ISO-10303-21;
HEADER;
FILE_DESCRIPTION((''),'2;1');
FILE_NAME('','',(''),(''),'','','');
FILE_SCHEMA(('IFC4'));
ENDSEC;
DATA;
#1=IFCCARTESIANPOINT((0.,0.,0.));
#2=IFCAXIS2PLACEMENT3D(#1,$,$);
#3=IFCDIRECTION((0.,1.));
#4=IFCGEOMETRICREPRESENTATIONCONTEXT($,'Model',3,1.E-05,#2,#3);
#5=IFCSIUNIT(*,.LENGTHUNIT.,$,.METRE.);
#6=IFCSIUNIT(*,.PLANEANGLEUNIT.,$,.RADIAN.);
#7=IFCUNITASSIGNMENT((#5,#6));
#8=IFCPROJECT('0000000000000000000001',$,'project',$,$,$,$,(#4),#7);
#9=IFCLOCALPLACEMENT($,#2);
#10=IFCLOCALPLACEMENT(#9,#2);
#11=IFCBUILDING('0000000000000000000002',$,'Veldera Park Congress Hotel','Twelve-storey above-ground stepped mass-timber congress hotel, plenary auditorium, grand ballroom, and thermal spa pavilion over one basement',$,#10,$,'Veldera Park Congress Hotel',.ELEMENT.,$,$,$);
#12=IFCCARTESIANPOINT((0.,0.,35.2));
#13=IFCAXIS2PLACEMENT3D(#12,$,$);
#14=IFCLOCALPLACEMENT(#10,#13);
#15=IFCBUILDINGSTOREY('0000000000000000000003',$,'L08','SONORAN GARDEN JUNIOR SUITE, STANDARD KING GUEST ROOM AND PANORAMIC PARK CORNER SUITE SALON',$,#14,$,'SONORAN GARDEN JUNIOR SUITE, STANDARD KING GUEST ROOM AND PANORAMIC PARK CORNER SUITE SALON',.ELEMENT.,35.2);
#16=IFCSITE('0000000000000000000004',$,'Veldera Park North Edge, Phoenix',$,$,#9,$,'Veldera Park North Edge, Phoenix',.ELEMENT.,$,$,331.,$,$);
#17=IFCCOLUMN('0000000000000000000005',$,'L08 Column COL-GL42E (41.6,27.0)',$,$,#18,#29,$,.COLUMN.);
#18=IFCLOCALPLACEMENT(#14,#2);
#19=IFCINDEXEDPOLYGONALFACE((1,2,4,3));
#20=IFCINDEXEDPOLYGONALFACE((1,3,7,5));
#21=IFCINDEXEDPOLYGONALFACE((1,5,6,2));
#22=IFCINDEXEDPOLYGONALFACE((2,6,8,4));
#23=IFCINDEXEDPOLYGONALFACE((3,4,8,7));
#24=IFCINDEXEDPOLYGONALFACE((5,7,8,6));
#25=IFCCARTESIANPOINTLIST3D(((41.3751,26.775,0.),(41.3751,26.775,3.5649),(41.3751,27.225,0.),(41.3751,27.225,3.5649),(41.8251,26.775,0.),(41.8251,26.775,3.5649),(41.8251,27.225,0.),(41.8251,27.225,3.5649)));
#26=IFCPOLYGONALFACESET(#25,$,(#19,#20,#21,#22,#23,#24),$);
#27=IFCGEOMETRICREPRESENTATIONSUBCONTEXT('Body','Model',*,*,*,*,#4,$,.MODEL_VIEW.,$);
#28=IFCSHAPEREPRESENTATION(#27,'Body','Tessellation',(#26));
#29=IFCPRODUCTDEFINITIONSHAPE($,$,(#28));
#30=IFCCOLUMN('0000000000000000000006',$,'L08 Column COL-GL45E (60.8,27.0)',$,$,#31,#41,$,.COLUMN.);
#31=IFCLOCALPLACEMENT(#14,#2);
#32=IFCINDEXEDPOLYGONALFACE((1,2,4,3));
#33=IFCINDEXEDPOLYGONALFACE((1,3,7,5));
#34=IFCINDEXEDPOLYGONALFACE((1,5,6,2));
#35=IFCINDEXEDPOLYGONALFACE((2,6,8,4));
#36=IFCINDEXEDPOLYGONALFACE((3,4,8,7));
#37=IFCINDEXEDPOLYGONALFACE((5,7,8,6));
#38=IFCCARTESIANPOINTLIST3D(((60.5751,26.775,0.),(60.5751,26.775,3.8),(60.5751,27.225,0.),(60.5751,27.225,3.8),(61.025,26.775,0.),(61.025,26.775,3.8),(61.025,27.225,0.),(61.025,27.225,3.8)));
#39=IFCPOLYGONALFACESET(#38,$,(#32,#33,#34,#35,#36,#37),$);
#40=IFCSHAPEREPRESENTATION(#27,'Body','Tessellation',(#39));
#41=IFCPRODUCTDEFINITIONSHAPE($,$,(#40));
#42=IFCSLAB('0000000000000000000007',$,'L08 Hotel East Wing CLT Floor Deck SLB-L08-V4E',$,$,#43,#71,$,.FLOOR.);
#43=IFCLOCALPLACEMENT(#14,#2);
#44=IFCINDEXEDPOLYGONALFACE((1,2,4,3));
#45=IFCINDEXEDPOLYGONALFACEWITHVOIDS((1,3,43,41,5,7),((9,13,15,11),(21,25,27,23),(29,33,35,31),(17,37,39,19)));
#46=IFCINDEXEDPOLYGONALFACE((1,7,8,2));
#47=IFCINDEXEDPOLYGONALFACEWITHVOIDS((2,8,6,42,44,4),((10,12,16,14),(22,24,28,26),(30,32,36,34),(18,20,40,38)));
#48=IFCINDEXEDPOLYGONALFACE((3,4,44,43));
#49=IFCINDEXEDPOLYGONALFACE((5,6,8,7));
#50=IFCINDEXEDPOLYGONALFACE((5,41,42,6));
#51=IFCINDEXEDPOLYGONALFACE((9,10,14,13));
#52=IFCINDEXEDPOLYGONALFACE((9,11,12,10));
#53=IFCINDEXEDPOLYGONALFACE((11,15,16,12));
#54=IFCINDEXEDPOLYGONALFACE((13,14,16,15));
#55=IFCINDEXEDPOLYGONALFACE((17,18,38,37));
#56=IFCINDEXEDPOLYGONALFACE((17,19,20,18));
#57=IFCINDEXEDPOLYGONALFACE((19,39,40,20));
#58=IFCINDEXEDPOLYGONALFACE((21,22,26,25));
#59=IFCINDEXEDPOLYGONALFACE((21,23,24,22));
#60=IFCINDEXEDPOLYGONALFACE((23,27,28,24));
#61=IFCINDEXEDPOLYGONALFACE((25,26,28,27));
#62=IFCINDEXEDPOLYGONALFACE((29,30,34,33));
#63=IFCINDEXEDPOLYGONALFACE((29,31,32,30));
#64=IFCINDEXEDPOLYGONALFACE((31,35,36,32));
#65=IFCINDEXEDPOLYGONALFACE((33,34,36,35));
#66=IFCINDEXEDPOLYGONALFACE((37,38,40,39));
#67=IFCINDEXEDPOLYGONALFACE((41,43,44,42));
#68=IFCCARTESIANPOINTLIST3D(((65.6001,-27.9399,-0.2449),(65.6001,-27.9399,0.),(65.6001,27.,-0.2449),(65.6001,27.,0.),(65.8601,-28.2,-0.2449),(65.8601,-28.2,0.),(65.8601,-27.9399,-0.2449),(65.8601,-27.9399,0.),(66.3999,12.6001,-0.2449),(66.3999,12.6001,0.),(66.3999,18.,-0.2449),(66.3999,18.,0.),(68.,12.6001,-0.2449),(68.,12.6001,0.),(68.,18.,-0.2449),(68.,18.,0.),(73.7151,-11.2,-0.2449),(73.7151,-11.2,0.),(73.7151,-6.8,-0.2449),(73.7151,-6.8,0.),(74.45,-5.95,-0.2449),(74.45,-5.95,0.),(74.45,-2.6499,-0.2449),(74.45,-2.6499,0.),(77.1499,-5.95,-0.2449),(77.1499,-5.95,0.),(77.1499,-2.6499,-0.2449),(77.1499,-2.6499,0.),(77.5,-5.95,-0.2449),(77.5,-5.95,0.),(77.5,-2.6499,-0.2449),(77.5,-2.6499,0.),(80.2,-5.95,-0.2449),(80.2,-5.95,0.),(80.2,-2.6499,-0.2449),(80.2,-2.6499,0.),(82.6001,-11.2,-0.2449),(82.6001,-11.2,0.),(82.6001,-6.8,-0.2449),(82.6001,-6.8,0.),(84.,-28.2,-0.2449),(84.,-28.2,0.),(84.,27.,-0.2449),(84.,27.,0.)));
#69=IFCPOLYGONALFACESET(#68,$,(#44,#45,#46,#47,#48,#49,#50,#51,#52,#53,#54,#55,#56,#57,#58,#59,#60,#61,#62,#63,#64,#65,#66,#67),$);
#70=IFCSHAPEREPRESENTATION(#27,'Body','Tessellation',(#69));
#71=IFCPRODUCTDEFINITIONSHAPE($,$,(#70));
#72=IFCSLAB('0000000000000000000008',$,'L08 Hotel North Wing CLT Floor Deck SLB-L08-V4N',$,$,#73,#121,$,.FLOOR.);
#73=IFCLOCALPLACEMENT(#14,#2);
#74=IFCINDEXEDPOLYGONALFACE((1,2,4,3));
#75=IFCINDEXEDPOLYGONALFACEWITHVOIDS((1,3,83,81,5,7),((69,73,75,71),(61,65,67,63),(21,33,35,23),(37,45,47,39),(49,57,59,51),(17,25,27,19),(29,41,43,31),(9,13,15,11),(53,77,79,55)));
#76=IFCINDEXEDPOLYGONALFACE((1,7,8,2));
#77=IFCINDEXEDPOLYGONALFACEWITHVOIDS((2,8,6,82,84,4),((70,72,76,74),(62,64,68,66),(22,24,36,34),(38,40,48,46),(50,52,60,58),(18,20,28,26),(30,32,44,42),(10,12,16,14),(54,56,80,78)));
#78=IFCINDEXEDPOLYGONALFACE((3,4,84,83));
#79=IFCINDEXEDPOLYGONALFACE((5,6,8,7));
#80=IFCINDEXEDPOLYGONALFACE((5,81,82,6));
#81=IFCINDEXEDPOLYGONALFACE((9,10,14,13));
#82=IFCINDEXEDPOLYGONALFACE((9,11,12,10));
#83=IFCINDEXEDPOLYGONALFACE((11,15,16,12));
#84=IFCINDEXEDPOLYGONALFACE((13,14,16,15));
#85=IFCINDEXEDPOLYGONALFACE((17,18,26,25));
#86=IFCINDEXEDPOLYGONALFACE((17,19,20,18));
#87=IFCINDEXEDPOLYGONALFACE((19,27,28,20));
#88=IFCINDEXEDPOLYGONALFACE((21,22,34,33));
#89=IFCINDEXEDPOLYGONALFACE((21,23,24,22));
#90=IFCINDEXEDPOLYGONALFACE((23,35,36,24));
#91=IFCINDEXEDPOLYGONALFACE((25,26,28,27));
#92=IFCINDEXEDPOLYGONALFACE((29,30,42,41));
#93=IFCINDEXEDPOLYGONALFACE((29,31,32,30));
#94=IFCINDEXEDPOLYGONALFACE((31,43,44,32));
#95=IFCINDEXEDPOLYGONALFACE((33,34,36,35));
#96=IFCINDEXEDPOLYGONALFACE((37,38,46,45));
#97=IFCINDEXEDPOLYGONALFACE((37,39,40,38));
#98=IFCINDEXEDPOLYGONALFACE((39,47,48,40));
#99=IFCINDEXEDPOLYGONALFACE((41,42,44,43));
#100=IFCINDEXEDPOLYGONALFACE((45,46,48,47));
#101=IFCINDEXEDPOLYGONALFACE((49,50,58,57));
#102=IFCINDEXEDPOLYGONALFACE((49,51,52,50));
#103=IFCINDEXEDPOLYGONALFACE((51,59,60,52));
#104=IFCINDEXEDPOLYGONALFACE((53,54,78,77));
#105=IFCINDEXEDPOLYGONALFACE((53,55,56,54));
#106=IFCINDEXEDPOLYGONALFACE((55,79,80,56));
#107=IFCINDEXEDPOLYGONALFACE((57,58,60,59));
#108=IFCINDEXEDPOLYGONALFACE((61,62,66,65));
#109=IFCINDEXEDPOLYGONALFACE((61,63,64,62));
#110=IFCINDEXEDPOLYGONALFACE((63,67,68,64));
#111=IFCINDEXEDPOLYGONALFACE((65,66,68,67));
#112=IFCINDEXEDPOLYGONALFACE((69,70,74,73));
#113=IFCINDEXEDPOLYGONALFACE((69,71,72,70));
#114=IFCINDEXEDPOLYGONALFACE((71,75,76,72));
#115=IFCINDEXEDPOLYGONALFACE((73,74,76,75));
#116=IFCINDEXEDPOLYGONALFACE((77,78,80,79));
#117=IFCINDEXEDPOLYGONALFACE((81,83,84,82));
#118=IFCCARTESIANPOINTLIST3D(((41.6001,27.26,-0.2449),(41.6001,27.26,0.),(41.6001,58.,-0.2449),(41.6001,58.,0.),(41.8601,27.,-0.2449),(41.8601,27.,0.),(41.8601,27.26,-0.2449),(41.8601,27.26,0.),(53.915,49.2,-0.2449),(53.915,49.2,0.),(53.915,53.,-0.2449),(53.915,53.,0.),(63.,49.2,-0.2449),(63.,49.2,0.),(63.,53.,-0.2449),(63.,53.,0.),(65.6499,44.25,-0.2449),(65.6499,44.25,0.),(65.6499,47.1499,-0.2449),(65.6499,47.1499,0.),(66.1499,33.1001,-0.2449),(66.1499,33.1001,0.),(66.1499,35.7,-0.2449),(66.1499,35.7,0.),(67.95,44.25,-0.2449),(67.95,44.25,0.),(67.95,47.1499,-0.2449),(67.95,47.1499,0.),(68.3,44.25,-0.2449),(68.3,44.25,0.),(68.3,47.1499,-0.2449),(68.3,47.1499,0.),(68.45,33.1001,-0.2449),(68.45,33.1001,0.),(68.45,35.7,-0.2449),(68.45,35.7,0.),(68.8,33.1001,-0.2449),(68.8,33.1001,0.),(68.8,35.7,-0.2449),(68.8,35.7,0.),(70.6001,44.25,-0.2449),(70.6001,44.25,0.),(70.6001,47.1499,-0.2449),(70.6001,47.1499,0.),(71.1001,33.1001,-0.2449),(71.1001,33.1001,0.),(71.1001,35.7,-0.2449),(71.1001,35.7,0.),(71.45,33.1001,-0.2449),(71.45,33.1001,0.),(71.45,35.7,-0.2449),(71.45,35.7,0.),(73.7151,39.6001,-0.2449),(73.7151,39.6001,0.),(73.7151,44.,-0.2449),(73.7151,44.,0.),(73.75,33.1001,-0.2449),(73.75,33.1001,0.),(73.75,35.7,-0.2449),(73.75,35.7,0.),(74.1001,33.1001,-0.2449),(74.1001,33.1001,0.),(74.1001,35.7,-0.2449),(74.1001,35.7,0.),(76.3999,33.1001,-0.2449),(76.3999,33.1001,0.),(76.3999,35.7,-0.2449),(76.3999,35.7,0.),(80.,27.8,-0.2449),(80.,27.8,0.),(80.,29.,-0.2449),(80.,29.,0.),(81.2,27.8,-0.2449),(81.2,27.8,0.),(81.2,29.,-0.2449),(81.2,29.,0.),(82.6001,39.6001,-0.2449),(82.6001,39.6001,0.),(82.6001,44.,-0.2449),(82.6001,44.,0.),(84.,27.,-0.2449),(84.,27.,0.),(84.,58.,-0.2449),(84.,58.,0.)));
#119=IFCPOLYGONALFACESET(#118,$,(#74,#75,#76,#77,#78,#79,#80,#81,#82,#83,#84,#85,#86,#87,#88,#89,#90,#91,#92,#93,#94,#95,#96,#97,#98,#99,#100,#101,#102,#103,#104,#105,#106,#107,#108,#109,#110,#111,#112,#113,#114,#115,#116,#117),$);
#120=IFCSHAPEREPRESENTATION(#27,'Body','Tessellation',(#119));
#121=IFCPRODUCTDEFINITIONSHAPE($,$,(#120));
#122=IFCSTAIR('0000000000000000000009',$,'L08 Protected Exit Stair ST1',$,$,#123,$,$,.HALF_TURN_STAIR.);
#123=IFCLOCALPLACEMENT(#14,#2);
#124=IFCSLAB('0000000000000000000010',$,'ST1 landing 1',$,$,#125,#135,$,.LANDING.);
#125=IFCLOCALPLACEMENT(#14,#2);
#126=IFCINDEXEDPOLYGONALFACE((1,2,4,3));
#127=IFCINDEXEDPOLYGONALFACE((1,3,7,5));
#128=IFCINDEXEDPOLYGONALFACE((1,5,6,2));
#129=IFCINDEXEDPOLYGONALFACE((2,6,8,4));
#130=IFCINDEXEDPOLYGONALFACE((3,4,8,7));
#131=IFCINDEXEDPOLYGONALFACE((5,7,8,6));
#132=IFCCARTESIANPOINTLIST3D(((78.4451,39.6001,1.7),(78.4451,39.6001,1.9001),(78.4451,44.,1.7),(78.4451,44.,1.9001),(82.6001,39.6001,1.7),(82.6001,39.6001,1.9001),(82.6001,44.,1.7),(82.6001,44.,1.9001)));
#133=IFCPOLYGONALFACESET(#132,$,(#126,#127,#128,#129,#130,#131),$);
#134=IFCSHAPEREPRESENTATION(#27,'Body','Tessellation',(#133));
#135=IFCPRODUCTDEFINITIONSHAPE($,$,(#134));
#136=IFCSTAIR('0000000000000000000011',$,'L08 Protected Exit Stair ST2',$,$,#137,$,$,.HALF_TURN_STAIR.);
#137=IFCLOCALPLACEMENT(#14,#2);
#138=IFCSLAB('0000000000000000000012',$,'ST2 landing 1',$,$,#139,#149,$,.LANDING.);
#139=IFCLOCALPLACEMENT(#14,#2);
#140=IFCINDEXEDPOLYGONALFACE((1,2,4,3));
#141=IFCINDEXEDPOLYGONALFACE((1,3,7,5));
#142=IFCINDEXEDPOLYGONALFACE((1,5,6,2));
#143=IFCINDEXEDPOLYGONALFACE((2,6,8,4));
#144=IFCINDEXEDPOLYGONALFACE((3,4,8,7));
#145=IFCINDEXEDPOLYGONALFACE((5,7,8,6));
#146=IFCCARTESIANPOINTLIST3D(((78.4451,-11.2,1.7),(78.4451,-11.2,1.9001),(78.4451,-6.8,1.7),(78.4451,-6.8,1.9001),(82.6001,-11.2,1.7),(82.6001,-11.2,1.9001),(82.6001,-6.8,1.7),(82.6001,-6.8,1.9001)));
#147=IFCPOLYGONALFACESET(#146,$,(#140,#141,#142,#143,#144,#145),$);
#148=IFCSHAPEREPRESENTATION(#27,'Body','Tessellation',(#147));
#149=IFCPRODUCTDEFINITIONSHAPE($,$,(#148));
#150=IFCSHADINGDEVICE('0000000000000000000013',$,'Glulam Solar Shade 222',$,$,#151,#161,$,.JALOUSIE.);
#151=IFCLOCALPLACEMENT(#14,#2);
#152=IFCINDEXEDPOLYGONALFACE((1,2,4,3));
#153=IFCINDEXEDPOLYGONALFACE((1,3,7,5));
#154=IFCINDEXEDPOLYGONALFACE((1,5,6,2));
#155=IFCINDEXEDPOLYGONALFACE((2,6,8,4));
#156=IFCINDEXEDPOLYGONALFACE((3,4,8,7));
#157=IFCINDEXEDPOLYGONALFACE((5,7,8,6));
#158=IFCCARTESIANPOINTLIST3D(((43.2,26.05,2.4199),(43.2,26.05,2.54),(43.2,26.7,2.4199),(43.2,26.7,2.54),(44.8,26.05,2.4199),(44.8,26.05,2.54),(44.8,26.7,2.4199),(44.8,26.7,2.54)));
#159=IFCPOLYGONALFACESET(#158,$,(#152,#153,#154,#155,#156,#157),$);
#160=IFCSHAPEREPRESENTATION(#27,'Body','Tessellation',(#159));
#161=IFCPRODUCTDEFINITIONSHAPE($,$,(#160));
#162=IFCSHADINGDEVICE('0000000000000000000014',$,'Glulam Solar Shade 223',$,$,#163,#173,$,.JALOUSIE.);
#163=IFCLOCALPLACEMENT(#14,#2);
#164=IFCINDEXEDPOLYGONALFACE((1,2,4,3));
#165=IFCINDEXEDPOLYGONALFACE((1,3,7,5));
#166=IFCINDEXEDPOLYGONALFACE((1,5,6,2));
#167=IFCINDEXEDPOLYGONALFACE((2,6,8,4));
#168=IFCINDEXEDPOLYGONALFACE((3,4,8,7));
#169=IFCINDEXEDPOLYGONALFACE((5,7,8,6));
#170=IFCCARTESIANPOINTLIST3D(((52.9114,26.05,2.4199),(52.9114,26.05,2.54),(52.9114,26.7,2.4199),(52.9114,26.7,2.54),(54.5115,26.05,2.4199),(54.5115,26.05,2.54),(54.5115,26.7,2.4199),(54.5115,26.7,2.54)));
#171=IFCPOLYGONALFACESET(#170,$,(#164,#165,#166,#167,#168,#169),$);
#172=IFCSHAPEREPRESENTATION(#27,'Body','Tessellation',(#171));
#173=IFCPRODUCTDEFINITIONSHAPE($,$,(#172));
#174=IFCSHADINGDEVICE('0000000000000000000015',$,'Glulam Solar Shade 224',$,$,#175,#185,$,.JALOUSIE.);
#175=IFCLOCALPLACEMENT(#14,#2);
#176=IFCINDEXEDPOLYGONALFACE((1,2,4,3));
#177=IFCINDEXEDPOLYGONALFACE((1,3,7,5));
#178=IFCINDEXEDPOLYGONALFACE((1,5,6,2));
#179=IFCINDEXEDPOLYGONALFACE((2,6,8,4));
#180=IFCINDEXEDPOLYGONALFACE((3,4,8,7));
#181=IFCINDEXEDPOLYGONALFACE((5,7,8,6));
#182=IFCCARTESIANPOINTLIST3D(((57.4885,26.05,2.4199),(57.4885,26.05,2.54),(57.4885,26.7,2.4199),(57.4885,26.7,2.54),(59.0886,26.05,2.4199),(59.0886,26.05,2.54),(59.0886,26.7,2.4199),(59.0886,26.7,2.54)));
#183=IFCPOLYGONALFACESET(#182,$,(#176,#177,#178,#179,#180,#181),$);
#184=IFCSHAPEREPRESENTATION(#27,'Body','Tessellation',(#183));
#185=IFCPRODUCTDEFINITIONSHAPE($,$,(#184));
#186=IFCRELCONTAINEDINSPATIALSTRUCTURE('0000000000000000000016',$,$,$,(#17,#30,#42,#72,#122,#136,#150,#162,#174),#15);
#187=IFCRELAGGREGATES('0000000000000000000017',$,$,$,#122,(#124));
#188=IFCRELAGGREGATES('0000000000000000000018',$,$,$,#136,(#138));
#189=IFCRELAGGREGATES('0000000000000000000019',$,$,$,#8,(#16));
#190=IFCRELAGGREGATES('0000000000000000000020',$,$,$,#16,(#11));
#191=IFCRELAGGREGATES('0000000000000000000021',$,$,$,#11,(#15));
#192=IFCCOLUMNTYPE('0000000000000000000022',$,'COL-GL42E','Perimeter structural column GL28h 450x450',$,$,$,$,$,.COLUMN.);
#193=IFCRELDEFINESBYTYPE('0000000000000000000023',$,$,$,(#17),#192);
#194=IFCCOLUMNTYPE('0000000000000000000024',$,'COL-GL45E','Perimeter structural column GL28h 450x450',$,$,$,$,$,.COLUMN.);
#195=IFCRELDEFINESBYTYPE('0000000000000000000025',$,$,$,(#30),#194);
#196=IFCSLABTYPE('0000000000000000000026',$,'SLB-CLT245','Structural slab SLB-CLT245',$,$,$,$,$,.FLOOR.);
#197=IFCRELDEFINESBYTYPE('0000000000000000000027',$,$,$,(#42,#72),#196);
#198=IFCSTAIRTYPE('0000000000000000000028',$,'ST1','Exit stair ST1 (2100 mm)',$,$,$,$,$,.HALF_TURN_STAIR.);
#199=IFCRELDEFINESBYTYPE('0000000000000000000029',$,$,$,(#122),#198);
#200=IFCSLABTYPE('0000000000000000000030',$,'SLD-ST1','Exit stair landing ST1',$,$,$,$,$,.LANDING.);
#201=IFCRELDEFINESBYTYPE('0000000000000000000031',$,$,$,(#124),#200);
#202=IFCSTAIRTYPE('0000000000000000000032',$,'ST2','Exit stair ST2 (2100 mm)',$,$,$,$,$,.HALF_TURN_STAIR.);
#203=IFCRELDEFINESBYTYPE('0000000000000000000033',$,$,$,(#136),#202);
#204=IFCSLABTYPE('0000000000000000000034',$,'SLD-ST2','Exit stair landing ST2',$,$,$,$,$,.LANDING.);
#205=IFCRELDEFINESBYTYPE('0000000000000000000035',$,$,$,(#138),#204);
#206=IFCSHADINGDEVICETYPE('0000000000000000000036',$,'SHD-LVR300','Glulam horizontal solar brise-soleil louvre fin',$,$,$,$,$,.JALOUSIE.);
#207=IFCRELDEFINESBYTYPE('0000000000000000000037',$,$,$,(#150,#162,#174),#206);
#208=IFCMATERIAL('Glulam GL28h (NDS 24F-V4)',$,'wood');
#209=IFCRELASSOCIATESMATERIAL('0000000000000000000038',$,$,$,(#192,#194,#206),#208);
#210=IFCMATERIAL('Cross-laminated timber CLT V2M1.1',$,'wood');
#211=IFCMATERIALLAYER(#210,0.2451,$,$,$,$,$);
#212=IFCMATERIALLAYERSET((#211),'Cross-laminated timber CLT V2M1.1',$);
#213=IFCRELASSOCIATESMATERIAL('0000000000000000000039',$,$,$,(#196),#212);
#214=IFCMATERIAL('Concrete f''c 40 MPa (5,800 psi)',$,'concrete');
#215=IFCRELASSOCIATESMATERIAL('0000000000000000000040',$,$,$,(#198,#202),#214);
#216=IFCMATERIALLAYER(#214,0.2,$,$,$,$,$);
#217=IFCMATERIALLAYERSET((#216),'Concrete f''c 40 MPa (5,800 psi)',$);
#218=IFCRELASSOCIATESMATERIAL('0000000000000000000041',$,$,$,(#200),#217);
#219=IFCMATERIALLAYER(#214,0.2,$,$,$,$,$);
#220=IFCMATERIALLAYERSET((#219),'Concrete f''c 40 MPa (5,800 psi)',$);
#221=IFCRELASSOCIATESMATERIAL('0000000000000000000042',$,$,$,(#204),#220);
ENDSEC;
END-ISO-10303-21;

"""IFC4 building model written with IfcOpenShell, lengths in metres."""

from ifc_helpers import new_model, si_unit, direction, frame, origin, origin_2d, place, context, subcontext, project, spatial, polyline, rectangle, outline, extrude, material, layer, layer_set, material_profile, profile_set, type_object, element, aggregate, save


model = new_model("IFC4")

# Units and contexts
model_context = context("Model", 3, precision=1e-05, world=origin(), true_north=direction((0.0, 1.0)))
body_context = subcontext(model_context, "Body", "Model", "MODEL_VIEW")
ifc_project = project(units=[si_unit("LENGTHUNIT", "METRE"), si_unit("PLANEANGLEUNIT", "RADIAN")], contexts=[model_context])

# Site, building, storey
site_placement = place(None, origin())
site = spatial("IfcSite", under=ifc_project, at=site_placement, Name="Veldera Park North Edge, Phoenix", LongName="Veldera Park North Edge, Phoenix", CompositionType="ELEMENT", RefElevation=331.0)
building_placement = place(site_placement, origin())
building = spatial("IfcBuilding", under=site, at=building_placement, Name="Veldera Park Congress Hotel", Description="Twelve-storey above-ground stepped mass-timber congress hotel, plenary auditorium, grand ballroom, and thermal spa pavilion over one basement", LongName="Veldera Park Congress Hotel", CompositionType="ELEMENT")
storey_placement = place(building_placement, frame((0.0, 0.0, 35.2)))
storey = spatial("IfcBuildingStorey", under=building, at=storey_placement, Name="L08", Description="SONORAN GARDEN JUNIOR SUITE, STANDARD KING GUEST ROOM AND PANORAMIC PARK CORNER SUITE SALON", LongName="SONORAN GARDEN JUNIOR SUITE, STANDARD KING GUEST ROOM AND PANORAMIC PARK CORNER SUITE SALON", CompositionType="ELEMENT", Elevation=35.2)

# Columns
ifc_material_1 = material(Name="Glulam GL28h (NDS 24F-V4)", Category="wood")
ifc_material_profile_1 = material_profile(ifc_material_1, rectangle(XDim=0.45, YDim=0.45, at=origin_2d()), Name="GL28h 450x450")
ifc_profile_set_1 = profile_set([ifc_material_profile_1], Name="Glulam GL28h (NDS 24F-V4)")
column_type_1 = type_object("IfcColumnType", Name="COL-GL42E", Description="Perimeter structural column GL28h 450x450", PredefinedType="COLUMN", material=ifc_profile_set_1)
column_1_placement = place(storey_placement, frame((41.6001, 27.0, 0.0), z_axis=(0.0, 0.0, 1.0), x_axis=(1.0, 0.0, 0.0)))
element("IfcColumn", 1, at=column_1_placement, inside=storey, type_object=column_type_1, Name="L08 Column COL-GL42E (41.6,27.0)", PredefinedType="COLUMN", context=body_context, shape_type="SweptSolid", body=[
    extrude(rectangle(XDim=0.45, YDim=0.45, at=origin_2d()), origin(), (0.0, 0.0, 1.0), 3.5649),
])
ifc_material_profile_2 = material_profile(ifc_material_1, rectangle(XDim=0.45, YDim=0.45, at=origin_2d()), Name="GL28h 450x450")
ifc_profile_set_2 = profile_set([ifc_material_profile_2], Name="Glulam GL28h (NDS 24F-V4)")
column_type_2 = type_object("IfcColumnType", Name="COL-GL45E", Description="Perimeter structural column GL28h 450x450", PredefinedType="COLUMN", material=ifc_profile_set_2)
column_2_placement = place(storey_placement, frame((60.8, 27.0, 0.0), z_axis=(0.0, 0.0, 1.0), x_axis=(1.0, 0.0, 0.0)))
element("IfcColumn", 2, at=column_2_placement, inside=storey, type_object=column_type_2, Name="L08 Column COL-GL45E (60.8,27.0)", PredefinedType="COLUMN", context=body_context, shape_type="SweptSolid", body=[
    extrude(rectangle(XDim=0.45, YDim=0.45, at=origin_2d()), origin(), (0.0, 0.0, 1.0), 3.8),
])

# Slabs
ifc_material_2 = material(Name="Cross-laminated timber CLT V2M1.1", Category="wood")
ifc_layer_1 = layer(ifc_material_2, 0.2451)
ifc_layer_set_1 = layer_set([ifc_layer_1], Name="Cross-laminated timber CLT V2M1.1")
slab_type_1 = type_object("IfcSlabType", Name="SLB-CLT245", Description="Structural slab SLB-CLT245", PredefinedType="FLOOR", material=ifc_layer_set_1)
slab_1_placement = place(storey_placement, frame((0.0, 0.0, -0.2449)))
element("IfcSlab", 3, at=slab_1_placement, inside=storey, type_object=slab_type_1, Name="L08 Hotel East Wing CLT Floor Deck SLB-L08-V4E", PredefinedType="FLOOR", context=body_context, shape_type="SweptSolid", body=[
    extrude(outline(polyline([(65.6001, -27.9399), (65.8601, -27.9399), (65.8601, -28.2), (84.0, -28.2), (84.0, 27.0), (65.6001, 27.0), (65.6001, -27.9399)]), holes=[polyline([(73.7151, -11.2), (82.6001, -11.2), (82.6001, -6.8), (73.7151, -6.8), (73.7151, -11.2)]), polyline([(74.45, -5.95), (77.1499, -5.95), (77.1499, -2.6499), (74.45, -2.6499), (74.45, -5.95)]), polyline([(77.5, -5.95), (80.2, -5.95), (80.2, -2.6499), (77.5, -2.6499), (77.5, -5.95)]), polyline([(66.3999, 12.6001), (68.0, 12.6001), (68.0, 18.0), (66.3999, 18.0), (66.3999, 12.6001)])]), origin(), (0.0, 0.0, 1.0), 0.2449),
])
slab_2_placement = place(storey_placement, frame((0.0, 0.0, -0.2449)))
element("IfcSlab", 4, at=slab_2_placement, inside=storey, type_object=slab_type_1, Name="L08 Hotel North Wing CLT Floor Deck SLB-L08-V4N", PredefinedType="FLOOR", context=body_context, shape_type="SweptSolid", body=[
    extrude(outline(polyline([(41.6001, 27.26), (41.8601, 27.26), (41.8601, 27.0), (84.0, 27.0), (84.0, 58.0), (41.6001, 58.0), (41.6001, 27.26)]), holes=[polyline([(73.7151, 39.6001), (82.6001, 39.6001), (82.6001, 44.0), (73.7151, 44.0), (73.7151, 39.6001)]), polyline([(53.915, 49.2), (63.0, 49.2), (63.0, 53.0), (53.915, 53.0), (53.915, 49.2)]), polyline([(65.6499, 44.25), (67.95, 44.25), (67.95, 47.1499), (65.6499, 47.1499), (65.6499, 44.25)]), polyline([(68.3, 44.25), (70.6001, 44.25), (70.6001, 47.1499), (68.3, 47.1499), (68.3, 44.25)]), polyline([(66.1499, 33.1001), (68.45, 33.1001), (68.45, 35.7), (66.1499, 35.7), (66.1499, 33.1001)]), polyline([(68.8, 33.1001), (71.1001, 33.1001), (71.1001, 35.7), (68.8, 35.7), (68.8, 33.1001)]), polyline([(71.45, 33.1001), (73.75, 33.1001), (73.75, 35.7), (71.45, 35.7), (71.45, 33.1001)]), polyline([(74.1001, 33.1001), (76.3999, 33.1001), (76.3999, 35.7), (74.1001, 35.7), (74.1001, 33.1001)]), polyline([(80.0, 27.8), (81.2, 27.8), (81.2, 29.0), (80.0, 29.0), (80.0, 27.8)])]), origin(), (0.0, 0.0, 1.0), 0.2449),
])

# Stairs, slabs
ifc_material_3 = material(Name="Concrete f'c 40 MPa (5,800 psi)", Category="concrete")
stair_type_1 = type_object("IfcStairType", Name="ST1", Description="Exit stair ST1 (2100 mm)", PredefinedType="HALF_TURN_STAIR", material=ifc_material_3)
stair_1_placement = place(storey_placement, origin())
stair_1 = element("IfcStair", 5, at=stair_1_placement, inside=storey, type_object=stair_type_1, Name="L08 Protected Exit Stair ST1", PredefinedType="HALF_TURN_STAIR")
ifc_layer_2 = layer(ifc_material_3, 0.2)
ifc_layer_set_2 = layer_set([ifc_layer_2], Name="Concrete f'c 40 MPa (5,800 psi)")
slab_type_2 = type_object("IfcSlabType", Name="SLD-ST1", Description="Exit stair landing ST1", PredefinedType="LANDING", material=ifc_layer_set_2)
slab_3_placement = place(storey_placement, frame((0.0, 0.0, 1.7)))
slab_3 = element("IfcSlab", 6, at=slab_3_placement, type_object=slab_type_2, Name="ST1 landing 1", PredefinedType="LANDING", context=body_context, shape_type="SweptSolid", body=[
    extrude(outline(polyline([(78.4451, 39.6001), (82.6001, 39.6001), (82.6001, 44.0), (78.4451, 44.0), (78.4451, 39.6001)])), origin(), (0.0, 0.0, 1.0), 0.2002),
])
aggregate(stair_1, [slab_3])
stair_type_2 = type_object("IfcStairType", Name="ST2", Description="Exit stair ST2 (2100 mm)", PredefinedType="HALF_TURN_STAIR", material=ifc_material_3)
stair_2_placement = place(storey_placement, origin())
stair_2 = element("IfcStair", 7, at=stair_2_placement, inside=storey, type_object=stair_type_2, Name="L08 Protected Exit Stair ST2", PredefinedType="HALF_TURN_STAIR")
ifc_layer_3 = layer(ifc_material_3, 0.2)
ifc_layer_set_3 = layer_set([ifc_layer_3], Name="Concrete f'c 40 MPa (5,800 psi)")
slab_type_3 = type_object("IfcSlabType", Name="SLD-ST2", Description="Exit stair landing ST2", PredefinedType="LANDING", material=ifc_layer_set_3)
slab_4_placement = place(storey_placement, frame((0.0, 0.0, 1.7)))
slab_4 = element("IfcSlab", 8, at=slab_4_placement, type_object=slab_type_3, Name="ST2 landing 1", PredefinedType="LANDING", context=body_context, shape_type="SweptSolid", body=[
    extrude(outline(polyline([(78.4451, -11.2), (82.6001, -11.2), (82.6001, -6.8), (78.4451, -6.8), (78.4451, -11.2)])), origin(), (0.0, 0.0, 1.0), 0.2002),
])
aggregate(stair_2, [slab_4])

# Shading devices
shading_device_type = type_object("IfcShadingDeviceType", Name="SHD-LVR300", Description="Glulam horizontal solar brise-soleil louvre fin", PredefinedType="JALOUSIE", material=ifc_material_1)
for number, where, z_axis, x_axis, name in (
    (9, (44.0, 26.375, 2.4199), (0.0, 0.0, 1.0), (1.0, 0.0, 0.0), "Glulam Solar Shade 222"),
    (10, (53.7114, 26.375, 2.4199), (0.0, 0.0, 1.0), (1.0, 0.0, 0.0), "Glulam Solar Shade 223"),
    (11, (58.2886, 26.375, 2.4199), (0.0, 0.0, 1.0), (1.0, 0.0, 0.0), "Glulam Solar Shade 224"),
):
    element("IfcShadingDevice", number, at=place(storey_placement, frame(where, z_axis=z_axis, x_axis=x_axis)), inside=storey, type_object=shading_device_type, Name=name, PredefinedType="JALOUSIE", context=body_context, shape_type="SweptSolid", body=[
        extrude(rectangle(XDim=1.6001, YDim=0.6499, at=origin_2d()), origin(), (0.0, 0.0, 1.0), 0.1201),
    ])

save(model, "model.ifc")
